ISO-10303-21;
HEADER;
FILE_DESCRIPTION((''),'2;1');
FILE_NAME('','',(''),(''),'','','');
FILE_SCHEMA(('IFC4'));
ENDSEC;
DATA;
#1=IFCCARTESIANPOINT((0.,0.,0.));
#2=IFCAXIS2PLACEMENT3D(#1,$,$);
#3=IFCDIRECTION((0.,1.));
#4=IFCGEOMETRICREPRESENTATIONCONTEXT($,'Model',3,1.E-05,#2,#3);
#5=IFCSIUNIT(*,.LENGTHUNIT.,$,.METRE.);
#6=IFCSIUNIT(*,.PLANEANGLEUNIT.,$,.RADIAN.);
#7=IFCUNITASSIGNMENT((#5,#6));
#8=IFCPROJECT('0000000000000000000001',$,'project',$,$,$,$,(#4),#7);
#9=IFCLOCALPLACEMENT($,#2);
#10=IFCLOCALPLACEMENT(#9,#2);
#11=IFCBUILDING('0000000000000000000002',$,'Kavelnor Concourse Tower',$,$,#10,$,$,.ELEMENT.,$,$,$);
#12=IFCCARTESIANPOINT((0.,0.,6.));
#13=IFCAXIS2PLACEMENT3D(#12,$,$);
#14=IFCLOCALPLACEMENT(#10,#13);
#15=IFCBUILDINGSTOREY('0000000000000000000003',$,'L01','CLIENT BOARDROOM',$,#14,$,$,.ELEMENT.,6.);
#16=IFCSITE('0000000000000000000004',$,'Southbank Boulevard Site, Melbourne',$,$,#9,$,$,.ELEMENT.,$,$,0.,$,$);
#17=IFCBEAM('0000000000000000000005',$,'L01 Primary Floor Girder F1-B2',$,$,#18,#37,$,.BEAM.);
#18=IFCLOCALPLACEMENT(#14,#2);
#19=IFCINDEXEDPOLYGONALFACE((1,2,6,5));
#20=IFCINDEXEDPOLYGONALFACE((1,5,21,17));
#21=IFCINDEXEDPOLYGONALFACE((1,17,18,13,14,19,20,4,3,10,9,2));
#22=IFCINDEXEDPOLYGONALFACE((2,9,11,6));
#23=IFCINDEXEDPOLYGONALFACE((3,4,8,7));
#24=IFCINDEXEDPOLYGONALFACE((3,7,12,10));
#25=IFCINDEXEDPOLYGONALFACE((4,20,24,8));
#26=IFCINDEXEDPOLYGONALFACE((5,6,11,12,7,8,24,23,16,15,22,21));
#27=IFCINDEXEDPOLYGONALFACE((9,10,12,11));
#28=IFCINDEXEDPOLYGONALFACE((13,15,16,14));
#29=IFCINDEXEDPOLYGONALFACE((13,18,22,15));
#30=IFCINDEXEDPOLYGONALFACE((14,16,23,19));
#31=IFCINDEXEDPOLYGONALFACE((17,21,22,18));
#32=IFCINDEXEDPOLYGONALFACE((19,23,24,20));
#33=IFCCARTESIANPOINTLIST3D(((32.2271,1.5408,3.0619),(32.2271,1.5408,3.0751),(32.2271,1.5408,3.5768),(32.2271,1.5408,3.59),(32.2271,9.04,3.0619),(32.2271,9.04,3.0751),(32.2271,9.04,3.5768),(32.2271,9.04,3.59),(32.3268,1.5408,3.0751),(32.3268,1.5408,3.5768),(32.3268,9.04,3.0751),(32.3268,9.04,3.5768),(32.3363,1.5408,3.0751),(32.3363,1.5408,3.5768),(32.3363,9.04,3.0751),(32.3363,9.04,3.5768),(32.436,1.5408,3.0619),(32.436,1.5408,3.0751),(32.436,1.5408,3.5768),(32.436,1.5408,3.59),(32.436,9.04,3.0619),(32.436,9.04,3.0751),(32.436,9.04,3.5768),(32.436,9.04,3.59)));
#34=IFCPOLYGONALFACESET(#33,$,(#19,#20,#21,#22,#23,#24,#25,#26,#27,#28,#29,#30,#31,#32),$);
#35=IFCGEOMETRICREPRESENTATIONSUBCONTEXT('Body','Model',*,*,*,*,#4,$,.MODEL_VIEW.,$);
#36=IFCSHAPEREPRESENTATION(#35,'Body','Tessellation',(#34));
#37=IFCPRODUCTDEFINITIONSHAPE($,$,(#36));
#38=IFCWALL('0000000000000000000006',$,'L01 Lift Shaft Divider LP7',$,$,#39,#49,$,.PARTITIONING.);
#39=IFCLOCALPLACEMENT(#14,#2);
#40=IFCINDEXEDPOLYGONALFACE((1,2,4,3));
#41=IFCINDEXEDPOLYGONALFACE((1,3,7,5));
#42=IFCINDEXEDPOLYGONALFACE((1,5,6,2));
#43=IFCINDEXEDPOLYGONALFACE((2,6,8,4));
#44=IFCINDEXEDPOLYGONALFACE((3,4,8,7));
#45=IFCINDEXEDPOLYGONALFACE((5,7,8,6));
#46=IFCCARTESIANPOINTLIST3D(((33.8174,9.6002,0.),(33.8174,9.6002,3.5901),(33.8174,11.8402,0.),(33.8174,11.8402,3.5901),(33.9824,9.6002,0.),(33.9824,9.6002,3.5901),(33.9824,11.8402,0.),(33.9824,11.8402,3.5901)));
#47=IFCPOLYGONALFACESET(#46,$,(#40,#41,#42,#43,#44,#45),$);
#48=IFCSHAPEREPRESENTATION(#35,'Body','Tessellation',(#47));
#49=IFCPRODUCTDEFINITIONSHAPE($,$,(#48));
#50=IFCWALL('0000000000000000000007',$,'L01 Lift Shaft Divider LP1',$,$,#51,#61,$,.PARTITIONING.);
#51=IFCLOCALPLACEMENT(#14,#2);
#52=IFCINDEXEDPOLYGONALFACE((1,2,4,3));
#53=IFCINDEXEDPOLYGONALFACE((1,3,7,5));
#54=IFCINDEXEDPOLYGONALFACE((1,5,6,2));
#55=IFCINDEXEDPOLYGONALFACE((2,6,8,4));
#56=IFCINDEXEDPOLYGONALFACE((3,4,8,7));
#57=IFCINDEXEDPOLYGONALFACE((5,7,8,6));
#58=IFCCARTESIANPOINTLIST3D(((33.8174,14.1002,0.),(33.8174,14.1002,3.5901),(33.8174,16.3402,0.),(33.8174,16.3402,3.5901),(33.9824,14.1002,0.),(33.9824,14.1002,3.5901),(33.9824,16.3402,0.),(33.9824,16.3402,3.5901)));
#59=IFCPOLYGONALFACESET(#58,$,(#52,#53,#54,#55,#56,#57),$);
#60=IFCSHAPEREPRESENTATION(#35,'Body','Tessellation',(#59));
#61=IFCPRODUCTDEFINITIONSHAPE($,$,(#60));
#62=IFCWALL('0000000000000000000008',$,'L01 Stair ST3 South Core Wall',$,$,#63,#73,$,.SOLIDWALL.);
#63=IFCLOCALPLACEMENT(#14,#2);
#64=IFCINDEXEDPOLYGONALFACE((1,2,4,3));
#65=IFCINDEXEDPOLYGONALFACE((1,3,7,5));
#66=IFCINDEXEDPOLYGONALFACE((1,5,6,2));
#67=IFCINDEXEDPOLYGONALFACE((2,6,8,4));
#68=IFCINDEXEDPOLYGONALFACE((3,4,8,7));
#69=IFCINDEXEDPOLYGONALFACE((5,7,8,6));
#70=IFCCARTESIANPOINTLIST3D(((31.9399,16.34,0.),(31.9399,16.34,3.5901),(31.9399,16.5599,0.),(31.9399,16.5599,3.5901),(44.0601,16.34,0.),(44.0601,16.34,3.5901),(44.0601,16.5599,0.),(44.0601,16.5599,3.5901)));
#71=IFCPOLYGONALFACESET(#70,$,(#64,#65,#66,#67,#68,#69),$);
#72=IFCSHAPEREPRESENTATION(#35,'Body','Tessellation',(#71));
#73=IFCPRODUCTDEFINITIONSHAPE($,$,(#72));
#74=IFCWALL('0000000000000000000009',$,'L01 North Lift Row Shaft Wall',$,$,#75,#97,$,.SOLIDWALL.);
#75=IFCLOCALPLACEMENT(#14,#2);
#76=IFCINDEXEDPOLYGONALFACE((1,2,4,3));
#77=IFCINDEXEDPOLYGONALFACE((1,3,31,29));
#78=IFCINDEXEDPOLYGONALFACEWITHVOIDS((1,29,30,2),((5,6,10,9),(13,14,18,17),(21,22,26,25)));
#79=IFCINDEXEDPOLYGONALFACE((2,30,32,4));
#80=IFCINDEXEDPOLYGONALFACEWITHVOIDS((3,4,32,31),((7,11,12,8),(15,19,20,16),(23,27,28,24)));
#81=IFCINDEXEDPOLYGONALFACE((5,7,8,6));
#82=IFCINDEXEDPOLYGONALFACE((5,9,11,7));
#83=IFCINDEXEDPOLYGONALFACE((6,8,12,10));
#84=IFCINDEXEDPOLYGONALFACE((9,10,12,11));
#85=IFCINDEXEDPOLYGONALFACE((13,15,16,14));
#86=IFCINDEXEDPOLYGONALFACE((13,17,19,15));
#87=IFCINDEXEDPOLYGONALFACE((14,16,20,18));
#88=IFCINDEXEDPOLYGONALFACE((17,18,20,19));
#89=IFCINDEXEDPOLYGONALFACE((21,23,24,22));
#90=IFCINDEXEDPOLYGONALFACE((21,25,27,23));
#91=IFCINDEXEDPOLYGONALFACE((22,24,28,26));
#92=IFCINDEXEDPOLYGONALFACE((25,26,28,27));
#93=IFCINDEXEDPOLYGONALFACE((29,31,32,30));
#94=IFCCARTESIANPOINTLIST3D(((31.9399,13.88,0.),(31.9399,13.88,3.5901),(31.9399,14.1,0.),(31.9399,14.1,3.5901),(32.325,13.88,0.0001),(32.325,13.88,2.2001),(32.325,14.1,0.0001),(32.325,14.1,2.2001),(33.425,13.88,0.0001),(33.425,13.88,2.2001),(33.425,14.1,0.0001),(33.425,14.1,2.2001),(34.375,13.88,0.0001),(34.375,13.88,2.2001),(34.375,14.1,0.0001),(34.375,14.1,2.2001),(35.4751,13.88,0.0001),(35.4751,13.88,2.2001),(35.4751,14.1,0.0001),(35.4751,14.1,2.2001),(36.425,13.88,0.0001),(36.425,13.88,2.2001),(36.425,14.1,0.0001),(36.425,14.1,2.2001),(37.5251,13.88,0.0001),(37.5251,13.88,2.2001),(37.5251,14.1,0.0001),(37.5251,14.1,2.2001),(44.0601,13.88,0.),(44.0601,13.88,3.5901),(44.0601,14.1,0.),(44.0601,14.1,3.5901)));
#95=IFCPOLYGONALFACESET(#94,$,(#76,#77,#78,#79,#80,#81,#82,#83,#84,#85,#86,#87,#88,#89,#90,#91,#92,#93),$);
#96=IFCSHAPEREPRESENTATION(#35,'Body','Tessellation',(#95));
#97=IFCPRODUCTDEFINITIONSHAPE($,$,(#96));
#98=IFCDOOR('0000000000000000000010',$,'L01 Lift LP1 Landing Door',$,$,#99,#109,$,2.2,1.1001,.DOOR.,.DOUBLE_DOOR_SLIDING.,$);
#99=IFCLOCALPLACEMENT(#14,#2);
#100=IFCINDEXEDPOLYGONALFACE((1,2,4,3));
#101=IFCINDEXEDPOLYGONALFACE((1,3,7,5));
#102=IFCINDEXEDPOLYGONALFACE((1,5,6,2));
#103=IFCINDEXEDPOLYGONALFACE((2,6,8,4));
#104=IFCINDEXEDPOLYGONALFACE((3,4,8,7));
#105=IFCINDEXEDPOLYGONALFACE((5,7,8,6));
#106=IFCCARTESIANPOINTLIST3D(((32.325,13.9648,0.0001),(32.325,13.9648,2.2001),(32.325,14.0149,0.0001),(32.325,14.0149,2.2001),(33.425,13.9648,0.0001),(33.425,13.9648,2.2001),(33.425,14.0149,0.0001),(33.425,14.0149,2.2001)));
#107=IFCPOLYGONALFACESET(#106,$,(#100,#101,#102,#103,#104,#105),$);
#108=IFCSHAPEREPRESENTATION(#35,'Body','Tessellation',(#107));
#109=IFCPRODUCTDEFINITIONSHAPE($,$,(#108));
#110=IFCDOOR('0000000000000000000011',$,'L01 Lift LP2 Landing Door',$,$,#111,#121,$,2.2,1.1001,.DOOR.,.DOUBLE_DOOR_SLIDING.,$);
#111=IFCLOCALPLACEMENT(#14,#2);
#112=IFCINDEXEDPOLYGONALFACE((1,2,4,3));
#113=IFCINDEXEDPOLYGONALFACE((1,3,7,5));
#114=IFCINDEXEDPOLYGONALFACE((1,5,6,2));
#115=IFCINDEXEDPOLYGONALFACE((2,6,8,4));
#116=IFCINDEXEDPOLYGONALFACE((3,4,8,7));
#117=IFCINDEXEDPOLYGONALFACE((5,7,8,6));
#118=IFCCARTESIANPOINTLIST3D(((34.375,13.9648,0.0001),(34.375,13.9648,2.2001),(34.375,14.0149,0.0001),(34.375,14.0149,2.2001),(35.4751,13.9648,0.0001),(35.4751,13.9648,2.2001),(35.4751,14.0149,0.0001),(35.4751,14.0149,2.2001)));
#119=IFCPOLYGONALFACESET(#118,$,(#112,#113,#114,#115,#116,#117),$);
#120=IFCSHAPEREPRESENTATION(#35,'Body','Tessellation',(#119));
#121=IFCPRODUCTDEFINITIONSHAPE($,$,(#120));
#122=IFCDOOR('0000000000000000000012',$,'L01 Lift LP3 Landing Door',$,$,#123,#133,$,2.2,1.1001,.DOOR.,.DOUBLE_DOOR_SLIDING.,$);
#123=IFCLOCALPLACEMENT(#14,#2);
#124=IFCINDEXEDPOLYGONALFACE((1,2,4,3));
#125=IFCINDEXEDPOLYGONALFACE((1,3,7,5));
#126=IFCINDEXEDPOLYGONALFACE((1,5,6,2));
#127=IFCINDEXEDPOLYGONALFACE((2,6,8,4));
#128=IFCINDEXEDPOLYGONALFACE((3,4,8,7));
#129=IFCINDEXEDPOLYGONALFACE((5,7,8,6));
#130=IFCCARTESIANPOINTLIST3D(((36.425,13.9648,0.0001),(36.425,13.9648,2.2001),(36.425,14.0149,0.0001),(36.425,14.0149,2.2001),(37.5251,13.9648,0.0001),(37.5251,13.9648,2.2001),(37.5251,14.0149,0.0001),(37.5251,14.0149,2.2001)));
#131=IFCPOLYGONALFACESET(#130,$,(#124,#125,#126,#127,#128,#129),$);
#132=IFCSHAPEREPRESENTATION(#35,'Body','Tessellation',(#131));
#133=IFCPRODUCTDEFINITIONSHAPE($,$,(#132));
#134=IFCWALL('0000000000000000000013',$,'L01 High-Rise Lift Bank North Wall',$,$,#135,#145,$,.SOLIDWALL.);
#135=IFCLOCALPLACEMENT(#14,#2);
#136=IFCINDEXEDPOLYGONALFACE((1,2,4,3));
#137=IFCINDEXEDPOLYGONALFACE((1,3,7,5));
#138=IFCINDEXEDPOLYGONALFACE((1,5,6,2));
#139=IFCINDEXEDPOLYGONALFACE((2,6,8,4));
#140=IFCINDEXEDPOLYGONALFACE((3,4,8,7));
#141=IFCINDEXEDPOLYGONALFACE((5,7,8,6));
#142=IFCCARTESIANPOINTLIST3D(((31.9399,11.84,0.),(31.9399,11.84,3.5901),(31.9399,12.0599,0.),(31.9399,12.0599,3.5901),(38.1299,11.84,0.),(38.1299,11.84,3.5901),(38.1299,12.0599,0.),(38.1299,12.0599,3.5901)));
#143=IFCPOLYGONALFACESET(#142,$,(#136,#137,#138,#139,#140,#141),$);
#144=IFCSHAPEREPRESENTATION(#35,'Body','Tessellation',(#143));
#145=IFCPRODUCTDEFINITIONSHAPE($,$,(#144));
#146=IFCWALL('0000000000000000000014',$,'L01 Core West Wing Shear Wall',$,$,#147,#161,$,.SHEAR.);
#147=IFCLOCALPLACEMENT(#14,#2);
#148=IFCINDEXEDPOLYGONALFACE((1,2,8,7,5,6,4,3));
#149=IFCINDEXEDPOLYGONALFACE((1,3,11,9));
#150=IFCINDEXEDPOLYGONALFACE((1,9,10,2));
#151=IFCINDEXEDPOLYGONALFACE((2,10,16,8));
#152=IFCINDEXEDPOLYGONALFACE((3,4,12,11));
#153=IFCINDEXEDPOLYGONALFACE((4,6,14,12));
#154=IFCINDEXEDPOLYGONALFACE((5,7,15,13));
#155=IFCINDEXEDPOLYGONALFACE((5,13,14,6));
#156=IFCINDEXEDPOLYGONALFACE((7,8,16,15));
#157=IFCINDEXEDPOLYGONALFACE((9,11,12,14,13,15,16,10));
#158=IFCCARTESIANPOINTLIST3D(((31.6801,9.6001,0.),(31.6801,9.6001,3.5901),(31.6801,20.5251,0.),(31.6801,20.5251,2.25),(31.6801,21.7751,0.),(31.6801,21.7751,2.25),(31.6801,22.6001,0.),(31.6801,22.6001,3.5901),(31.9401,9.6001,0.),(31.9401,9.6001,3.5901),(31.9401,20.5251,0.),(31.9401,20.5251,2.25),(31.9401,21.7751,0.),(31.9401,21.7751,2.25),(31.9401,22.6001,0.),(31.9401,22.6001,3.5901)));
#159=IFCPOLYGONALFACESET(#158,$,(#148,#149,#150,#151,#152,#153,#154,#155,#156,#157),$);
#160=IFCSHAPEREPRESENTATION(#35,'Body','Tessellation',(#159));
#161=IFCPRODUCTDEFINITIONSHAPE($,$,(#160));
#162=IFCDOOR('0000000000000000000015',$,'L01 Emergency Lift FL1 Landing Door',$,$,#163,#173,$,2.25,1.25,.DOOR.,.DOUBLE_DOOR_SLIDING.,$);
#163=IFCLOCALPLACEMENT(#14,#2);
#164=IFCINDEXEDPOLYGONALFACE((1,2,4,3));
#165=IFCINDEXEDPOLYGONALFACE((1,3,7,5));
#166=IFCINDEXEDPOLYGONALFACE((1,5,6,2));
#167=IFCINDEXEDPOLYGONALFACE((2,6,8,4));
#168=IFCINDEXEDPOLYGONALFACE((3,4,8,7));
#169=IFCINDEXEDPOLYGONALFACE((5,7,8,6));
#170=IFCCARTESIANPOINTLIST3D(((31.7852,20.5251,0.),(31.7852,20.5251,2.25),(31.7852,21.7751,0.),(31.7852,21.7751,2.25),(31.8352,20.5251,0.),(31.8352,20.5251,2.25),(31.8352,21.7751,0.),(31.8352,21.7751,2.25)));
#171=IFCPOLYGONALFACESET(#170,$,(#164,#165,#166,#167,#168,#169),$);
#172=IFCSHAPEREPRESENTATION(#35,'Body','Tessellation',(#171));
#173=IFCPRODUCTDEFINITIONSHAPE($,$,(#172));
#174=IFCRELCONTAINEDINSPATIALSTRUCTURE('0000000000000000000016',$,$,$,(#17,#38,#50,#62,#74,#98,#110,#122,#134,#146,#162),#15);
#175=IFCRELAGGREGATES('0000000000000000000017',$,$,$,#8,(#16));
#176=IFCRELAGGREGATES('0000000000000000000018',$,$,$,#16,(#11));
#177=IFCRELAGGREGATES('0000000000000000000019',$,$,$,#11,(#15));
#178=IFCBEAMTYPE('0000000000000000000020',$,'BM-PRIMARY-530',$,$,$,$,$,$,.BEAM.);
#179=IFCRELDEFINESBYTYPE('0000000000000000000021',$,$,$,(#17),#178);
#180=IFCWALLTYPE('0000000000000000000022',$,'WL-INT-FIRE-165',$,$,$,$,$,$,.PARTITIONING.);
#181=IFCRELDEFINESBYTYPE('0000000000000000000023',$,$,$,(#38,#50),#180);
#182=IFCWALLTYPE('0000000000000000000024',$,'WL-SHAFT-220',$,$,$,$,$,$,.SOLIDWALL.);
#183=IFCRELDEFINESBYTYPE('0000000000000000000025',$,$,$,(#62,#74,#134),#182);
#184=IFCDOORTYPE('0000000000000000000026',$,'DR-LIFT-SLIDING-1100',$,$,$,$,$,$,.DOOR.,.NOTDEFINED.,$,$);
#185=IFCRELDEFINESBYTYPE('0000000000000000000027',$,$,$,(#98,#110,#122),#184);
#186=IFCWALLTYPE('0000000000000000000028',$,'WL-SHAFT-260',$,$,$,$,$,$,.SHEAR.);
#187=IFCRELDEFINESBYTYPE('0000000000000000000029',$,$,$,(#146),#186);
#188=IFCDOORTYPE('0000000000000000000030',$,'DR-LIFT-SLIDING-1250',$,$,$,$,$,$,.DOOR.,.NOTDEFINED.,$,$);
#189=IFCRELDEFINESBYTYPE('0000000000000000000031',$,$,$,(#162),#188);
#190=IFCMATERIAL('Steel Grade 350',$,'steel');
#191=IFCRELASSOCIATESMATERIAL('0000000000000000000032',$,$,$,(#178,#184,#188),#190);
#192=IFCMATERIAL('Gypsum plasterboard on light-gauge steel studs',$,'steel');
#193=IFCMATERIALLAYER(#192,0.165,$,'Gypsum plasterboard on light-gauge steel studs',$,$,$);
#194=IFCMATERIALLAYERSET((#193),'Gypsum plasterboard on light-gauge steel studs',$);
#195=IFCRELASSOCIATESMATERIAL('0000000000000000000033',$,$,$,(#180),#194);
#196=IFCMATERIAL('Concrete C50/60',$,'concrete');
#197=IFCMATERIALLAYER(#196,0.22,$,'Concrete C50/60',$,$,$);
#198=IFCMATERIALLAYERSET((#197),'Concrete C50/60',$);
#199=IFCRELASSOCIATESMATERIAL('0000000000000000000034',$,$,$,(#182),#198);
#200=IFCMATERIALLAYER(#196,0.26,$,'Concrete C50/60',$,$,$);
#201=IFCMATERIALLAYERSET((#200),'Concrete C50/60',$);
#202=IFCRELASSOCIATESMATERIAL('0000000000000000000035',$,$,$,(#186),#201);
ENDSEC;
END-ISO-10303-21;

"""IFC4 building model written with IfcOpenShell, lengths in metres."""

from ifc_helpers import new_model, si_unit, direction, frame, frame_2d, origin, origin_2d, place, context, subcontext, project, spatial, rectangle, i_section, extrude, material, layer, layer_set, material_profile, profile_set, type_object, element, fill, save


model = new_model("IFC4")

# Units and contexts
model_context = context("Model", 3, precision=1e-05, world=origin(), true_north=direction((0.0, 1.0)))
body_context = subcontext(model_context, "Body", "Model", "MODEL_VIEW")
ifc_project = project(units=[si_unit("LENGTHUNIT", "METRE"), si_unit("PLANEANGLEUNIT", "RADIAN")], contexts=[model_context])

# Site, building, storey
site_placement = place(None, origin())
site = spatial("IfcSite", under=ifc_project, at=site_placement, Name="Southbank Boulevard Site, Melbourne", CompositionType="ELEMENT", RefElevation=0.0)
building_placement = place(site_placement, origin())
building = spatial("IfcBuilding", under=site, at=building_placement, Name="Kavelnor Concourse Tower", CompositionType="ELEMENT")
storey_placement = place(building_placement, frame((0.0, 0.0, 6.0)))
storey = spatial("IfcBuildingStorey", under=building, at=storey_placement, Name="L01", Description="CLIENT BOARDROOM", CompositionType="ELEMENT", Elevation=6.0)

# Beam
ifc_material_1 = material(Name="Steel Grade 350", Category="steel")
ifc_material_profile = material_profile(ifc_material_1, i_section(OverallWidth=0.209, OverallDepth=0.5281, WebThickness=0.0095, FlangeThickness=0.0132, at=origin_2d()), Name="530UB82")
ifc_profile_set = profile_set([ifc_material_profile], Name="Steel Grade 350")
beam_type = type_object("IfcBeamType", Name="BM-PRIMARY-530", PredefinedType="BEAM", material=ifc_profile_set)
beam_placement = place(storey_placement, frame((32.3315, 9.04, 3.3259), z_axis=(0.0, -1.0, 0.0), x_axis=(1.0, 0.0, 0.0)))
element("IfcBeam", 1, at=beam_placement, inside=storey, type_object=beam_type, Name="L01 Primary Floor Girder F1-B2", PredefinedType="BEAM", context=body_context, shape_type="SweptSolid", body=[
    extrude(i_section(OverallWidth=0.209, OverallDepth=0.5281, WebThickness=0.0095, FlangeThickness=0.0132, at=origin_2d()), origin(), (0.0, 0.0, 1.0), 7.4993),
])

# Walls
ifc_material_2 = material(Name="Gypsum plasterboard on light-gauge steel studs", Category="steel")
ifc_layer_1 = layer(ifc_material_2, 0.165, Name="Gypsum plasterboard on light-gauge steel studs")
ifc_layer_set_1 = layer_set([ifc_layer_1], Name="Gypsum plasterboard on light-gauge steel studs")
wall_type_1 = type_object("IfcWallType", Name="WL-INT-FIRE-165", PredefinedType="PARTITIONING", material=ifc_layer_set_1)
for number, where, z_axis, x_axis, name in (
    (2, (33.8999, 9.6001, 0.0), (0.0, 0.0, 1.0), (0.0, 1.0, 0.0), "L01 Lift Shaft Divider LP7"),
    (3, (33.8999, 14.1001, 0.0), (0.0, 0.0, 1.0), (0.0, 1.0, 0.0), "L01 Lift Shaft Divider LP1"),
):
    element("IfcWall", number, at=place(storey_placement, frame(where, z_axis=z_axis, x_axis=x_axis)), inside=storey, type_object=wall_type_1, Name=name, PredefinedType="PARTITIONING", context=body_context, shape_type="SweptSolid", body=[
        extrude(rectangle(XDim=2.24, YDim=0.165, at=frame_2d((1.1201, 0.0))), origin(), (0.0, 0.0, 1.0), 3.5901),
    ])
ifc_material_3 = material(Name="Concrete C50/60", Category="concrete")
ifc_layer_2 = layer(ifc_material_3, 0.22, Name="Concrete C50/60")
ifc_layer_set_2 = layer_set([ifc_layer_2], Name="Concrete C50/60")
wall_type_2 = type_object("IfcWallType", Name="WL-SHAFT-220", PredefinedType="SOLIDWALL", material=ifc_layer_set_2)
wall_1_placement = place(storey_placement, frame((31.9399, 16.45, 0.0), z_axis=(0.0, 0.0, 1.0), x_axis=(1.0, 0.0, 0.0)))
element("IfcWall", 4, at=wall_1_placement, inside=storey, type_object=wall_type_2, Name="L01 Stair ST3 South Core Wall", PredefinedType="SOLIDWALL", context=body_context, shape_type="SweptSolid", body=[
    extrude(rectangle(XDim=12.1201, YDim=0.22, at=frame_2d((6.0601, 0.0))), origin(), (0.0, 0.0, 1.0), 3.5901),
])

# Wall, openings, doors
wall_2_placement = place(storey_placement, frame((31.9399, 13.99, 0.0), z_axis=(0.0, 0.0, 1.0), x_axis=(1.0, 0.0, 0.0)))
wall_2 = element("IfcWall", 5, at=wall_2_placement, inside=storey, type_object=wall_type_2, Name="L01 North Lift Row Shaft Wall", PredefinedType="SOLIDWALL", context=body_context, shape_type="SweptSolid", body=[
    extrude(rectangle(XDim=12.1201, YDim=0.22, at=frame_2d((6.0601, 0.0))), origin(), (0.0, 0.0, 1.0), 3.5901),
])
opening_1_placement = place(wall_2_placement, frame((0.385, 0.0, 0.0)))
opening_1 = element("IfcOpeningElement", 6, at=opening_1_placement, cuts=wall_2, PredefinedType="OPENING", context=body_context, shape_type="SweptSolid", body=[
    extrude(rectangle(XDim=1.1001, YDim=2.2, at=frame_2d((0.55, 1.1001))), frame((0.0, 0.1201, 0.0), z_axis=(0.0, -1.0, 0.0), x_axis=(1.0, 0.0, 0.0)), (0.0, 0.0, 1.0), 0.24),
])
opening_2_placement = place(wall_2_placement, frame((2.4351, 0.0, 0.0)))
opening_2 = element("IfcOpeningElement", 7, at=opening_2_placement, cuts=wall_2, PredefinedType="OPENING", context=body_context, shape_type="SweptSolid", body=[
    extrude(rectangle(XDim=1.1001, YDim=2.2, at=frame_2d((0.55, 1.1001))), frame((0.0, 0.1201, 0.0), z_axis=(0.0, -1.0, 0.0), x_axis=(1.0, 0.0, 0.0)), (0.0, 0.0, 1.0), 0.24),
])
opening_3_placement = place(wall_2_placement, frame((4.4851, 0.0, 0.0)))
opening_3 = element("IfcOpeningElement", 8, at=opening_3_placement, cuts=wall_2, PredefinedType="OPENING", context=body_context, shape_type="SweptSolid", body=[
    extrude(rectangle(XDim=1.1001, YDim=2.2, at=frame_2d((0.55, 1.1001))), frame((0.0, 0.1201, 0.0), z_axis=(0.0, -1.0, 0.0), x_axis=(1.0, 0.0, 0.0)), (0.0, 0.0, 1.0), 0.24),
])
door_type_1 = type_object("IfcDoorType", Name="DR-LIFT-SLIDING-1100", OperationType="NOTDEFINED", PredefinedType="DOOR", material=ifc_material_1)
door_1_placement = place(opening_1_placement, origin())
door_1 = element("IfcDoor", 9, at=door_1_placement, inside=storey, type_object=door_type_1, Name="L01 Lift LP1 Landing Door", OperationType="DOUBLE_DOOR_SLIDING", OverallHeight=2.2, OverallWidth=1.1001, PredefinedType="DOOR", context=body_context, shape_type="SweptSolid", body=[
    extrude(rectangle(XDim=1.1001, YDim=2.2, at=frame_2d((0.55, 1.1001))), frame((0.0, 0.0249, 0.0), z_axis=(0.0, -1.0, 0.0), x_axis=(1.0, 0.0, 0.0)), (0.0, 0.0, 1.0), 0.05),
])
fill(opening_1, door_1)
door_2_placement = place(opening_2_placement, origin())
door_2 = element("IfcDoor", 10, at=door_2_placement, inside=storey, type_object=door_type_1, Name="L01 Lift LP2 Landing Door", OperationType="DOUBLE_DOOR_SLIDING", OverallHeight=2.2, OverallWidth=1.1001, PredefinedType="DOOR", context=body_context, shape_type="SweptSolid", body=[
    extrude(rectangle(XDim=1.1001, YDim=2.2, at=frame_2d((0.55, 1.1001))), frame((0.0, 0.0249, 0.0), z_axis=(0.0, -1.0, 0.0), x_axis=(1.0, 0.0, 0.0)), (0.0, 0.0, 1.0), 0.05),
])
fill(opening_2, door_2)
door_3_placement = place(opening_3_placement, origin())
door_3 = element("IfcDoor", 11, at=door_3_placement, inside=storey, type_object=door_type_1, Name="L01 Lift LP3 Landing Door", OperationType="DOUBLE_DOOR_SLIDING", OverallHeight=2.2, OverallWidth=1.1001, PredefinedType="DOOR", context=body_context, shape_type="SweptSolid", body=[
    extrude(rectangle(XDim=1.1001, YDim=2.2, at=frame_2d((0.55, 1.1001))), frame((0.0, 0.0249, 0.0), z_axis=(0.0, -1.0, 0.0), x_axis=(1.0, 0.0, 0.0)), (0.0, 0.0, 1.0), 0.05),
])
fill(opening_3, door_3)

# Wall
wall_3_placement = place(storey_placement, frame((31.9399, 11.95, 0.0), z_axis=(0.0, 0.0, 1.0), x_axis=(1.0, 0.0, 0.0)))
element("IfcWall", 12, at=wall_3_placement, inside=storey, type_object=wall_type_2, Name="L01 High-Rise Lift Bank North Wall", PredefinedType="SOLIDWALL", context=body_context, shape_type="SweptSolid", body=[
    extrude(rectangle(XDim=6.1899, YDim=0.22, at=frame_2d((3.095, 0.0))), origin(), (0.0, 0.0, 1.0), 3.5901),
])

# Wall, opening, door
ifc_layer_3 = layer(ifc_material_3, 0.26, Name="Concrete C50/60")
ifc_layer_set_3 = layer_set([ifc_layer_3], Name="Concrete C50/60")
wall_type_3 = type_object("IfcWallType", Name="WL-SHAFT-260", PredefinedType="SHEAR", material=ifc_layer_set_3)
wall_4_placement = place(storey_placement, frame((31.8101, 9.6001, 0.0), z_axis=(0.0, 0.0, 1.0), x_axis=(0.0, 1.0, 0.0)))
wall_4 = element("IfcWall", 13, at=wall_4_placement, inside=storey, type_object=wall_type_3, Name="L01 Core West Wing Shear Wall", PredefinedType="SHEAR", context=body_context, shape_type="SweptSolid", body=[
    extrude(rectangle(XDim=13.0, YDim=0.26, at=frame_2d((6.5, 0.0))), origin(), (0.0, 0.0, 1.0), 3.5901),
])
opening_4_placement = place(wall_4_placement, frame((10.925, 0.0, 0.0)))
opening_4 = element("IfcOpeningElement", 14, at=opening_4_placement, cuts=wall_4, PredefinedType="OPENING", context=body_context, shape_type="SweptSolid", body=[
    extrude(rectangle(XDim=1.25, YDim=2.25, at=frame_2d((0.625, 1.125))), frame((0.0, 0.1401, 0.0), z_axis=(0.0, -1.0, 0.0), x_axis=(1.0, 0.0, 0.0)), (0.0, 0.0, 1.0), 0.28),
])
door_type_2 = type_object("IfcDoorType", Name="DR-LIFT-SLIDING-1250", OperationType="NOTDEFINED", PredefinedType="DOOR", material=ifc_material_1)
door_4_placement = place(opening_4_placement, origin())
door_4 = element("IfcDoor", 15, at=door_4_placement, inside=storey, type_object=door_type_2, Name="L01 Emergency Lift FL1 Landing Door", OperationType="DOUBLE_DOOR_SLIDING", OverallHeight=2.25, OverallWidth=1.25, PredefinedType="DOOR", context=body_context, shape_type="SweptSolid", body=[
    extrude(rectangle(XDim=1.25, YDim=2.25, at=frame_2d((0.625, 1.125))), frame((0.0, 0.0249, 0.0), z_axis=(0.0, -1.0, 0.0), x_axis=(1.0, 0.0, 0.0)), (0.0, 0.0, 1.0), 0.05),
])
fill(opening_4, door_4)

save(model, "model.ifc")
